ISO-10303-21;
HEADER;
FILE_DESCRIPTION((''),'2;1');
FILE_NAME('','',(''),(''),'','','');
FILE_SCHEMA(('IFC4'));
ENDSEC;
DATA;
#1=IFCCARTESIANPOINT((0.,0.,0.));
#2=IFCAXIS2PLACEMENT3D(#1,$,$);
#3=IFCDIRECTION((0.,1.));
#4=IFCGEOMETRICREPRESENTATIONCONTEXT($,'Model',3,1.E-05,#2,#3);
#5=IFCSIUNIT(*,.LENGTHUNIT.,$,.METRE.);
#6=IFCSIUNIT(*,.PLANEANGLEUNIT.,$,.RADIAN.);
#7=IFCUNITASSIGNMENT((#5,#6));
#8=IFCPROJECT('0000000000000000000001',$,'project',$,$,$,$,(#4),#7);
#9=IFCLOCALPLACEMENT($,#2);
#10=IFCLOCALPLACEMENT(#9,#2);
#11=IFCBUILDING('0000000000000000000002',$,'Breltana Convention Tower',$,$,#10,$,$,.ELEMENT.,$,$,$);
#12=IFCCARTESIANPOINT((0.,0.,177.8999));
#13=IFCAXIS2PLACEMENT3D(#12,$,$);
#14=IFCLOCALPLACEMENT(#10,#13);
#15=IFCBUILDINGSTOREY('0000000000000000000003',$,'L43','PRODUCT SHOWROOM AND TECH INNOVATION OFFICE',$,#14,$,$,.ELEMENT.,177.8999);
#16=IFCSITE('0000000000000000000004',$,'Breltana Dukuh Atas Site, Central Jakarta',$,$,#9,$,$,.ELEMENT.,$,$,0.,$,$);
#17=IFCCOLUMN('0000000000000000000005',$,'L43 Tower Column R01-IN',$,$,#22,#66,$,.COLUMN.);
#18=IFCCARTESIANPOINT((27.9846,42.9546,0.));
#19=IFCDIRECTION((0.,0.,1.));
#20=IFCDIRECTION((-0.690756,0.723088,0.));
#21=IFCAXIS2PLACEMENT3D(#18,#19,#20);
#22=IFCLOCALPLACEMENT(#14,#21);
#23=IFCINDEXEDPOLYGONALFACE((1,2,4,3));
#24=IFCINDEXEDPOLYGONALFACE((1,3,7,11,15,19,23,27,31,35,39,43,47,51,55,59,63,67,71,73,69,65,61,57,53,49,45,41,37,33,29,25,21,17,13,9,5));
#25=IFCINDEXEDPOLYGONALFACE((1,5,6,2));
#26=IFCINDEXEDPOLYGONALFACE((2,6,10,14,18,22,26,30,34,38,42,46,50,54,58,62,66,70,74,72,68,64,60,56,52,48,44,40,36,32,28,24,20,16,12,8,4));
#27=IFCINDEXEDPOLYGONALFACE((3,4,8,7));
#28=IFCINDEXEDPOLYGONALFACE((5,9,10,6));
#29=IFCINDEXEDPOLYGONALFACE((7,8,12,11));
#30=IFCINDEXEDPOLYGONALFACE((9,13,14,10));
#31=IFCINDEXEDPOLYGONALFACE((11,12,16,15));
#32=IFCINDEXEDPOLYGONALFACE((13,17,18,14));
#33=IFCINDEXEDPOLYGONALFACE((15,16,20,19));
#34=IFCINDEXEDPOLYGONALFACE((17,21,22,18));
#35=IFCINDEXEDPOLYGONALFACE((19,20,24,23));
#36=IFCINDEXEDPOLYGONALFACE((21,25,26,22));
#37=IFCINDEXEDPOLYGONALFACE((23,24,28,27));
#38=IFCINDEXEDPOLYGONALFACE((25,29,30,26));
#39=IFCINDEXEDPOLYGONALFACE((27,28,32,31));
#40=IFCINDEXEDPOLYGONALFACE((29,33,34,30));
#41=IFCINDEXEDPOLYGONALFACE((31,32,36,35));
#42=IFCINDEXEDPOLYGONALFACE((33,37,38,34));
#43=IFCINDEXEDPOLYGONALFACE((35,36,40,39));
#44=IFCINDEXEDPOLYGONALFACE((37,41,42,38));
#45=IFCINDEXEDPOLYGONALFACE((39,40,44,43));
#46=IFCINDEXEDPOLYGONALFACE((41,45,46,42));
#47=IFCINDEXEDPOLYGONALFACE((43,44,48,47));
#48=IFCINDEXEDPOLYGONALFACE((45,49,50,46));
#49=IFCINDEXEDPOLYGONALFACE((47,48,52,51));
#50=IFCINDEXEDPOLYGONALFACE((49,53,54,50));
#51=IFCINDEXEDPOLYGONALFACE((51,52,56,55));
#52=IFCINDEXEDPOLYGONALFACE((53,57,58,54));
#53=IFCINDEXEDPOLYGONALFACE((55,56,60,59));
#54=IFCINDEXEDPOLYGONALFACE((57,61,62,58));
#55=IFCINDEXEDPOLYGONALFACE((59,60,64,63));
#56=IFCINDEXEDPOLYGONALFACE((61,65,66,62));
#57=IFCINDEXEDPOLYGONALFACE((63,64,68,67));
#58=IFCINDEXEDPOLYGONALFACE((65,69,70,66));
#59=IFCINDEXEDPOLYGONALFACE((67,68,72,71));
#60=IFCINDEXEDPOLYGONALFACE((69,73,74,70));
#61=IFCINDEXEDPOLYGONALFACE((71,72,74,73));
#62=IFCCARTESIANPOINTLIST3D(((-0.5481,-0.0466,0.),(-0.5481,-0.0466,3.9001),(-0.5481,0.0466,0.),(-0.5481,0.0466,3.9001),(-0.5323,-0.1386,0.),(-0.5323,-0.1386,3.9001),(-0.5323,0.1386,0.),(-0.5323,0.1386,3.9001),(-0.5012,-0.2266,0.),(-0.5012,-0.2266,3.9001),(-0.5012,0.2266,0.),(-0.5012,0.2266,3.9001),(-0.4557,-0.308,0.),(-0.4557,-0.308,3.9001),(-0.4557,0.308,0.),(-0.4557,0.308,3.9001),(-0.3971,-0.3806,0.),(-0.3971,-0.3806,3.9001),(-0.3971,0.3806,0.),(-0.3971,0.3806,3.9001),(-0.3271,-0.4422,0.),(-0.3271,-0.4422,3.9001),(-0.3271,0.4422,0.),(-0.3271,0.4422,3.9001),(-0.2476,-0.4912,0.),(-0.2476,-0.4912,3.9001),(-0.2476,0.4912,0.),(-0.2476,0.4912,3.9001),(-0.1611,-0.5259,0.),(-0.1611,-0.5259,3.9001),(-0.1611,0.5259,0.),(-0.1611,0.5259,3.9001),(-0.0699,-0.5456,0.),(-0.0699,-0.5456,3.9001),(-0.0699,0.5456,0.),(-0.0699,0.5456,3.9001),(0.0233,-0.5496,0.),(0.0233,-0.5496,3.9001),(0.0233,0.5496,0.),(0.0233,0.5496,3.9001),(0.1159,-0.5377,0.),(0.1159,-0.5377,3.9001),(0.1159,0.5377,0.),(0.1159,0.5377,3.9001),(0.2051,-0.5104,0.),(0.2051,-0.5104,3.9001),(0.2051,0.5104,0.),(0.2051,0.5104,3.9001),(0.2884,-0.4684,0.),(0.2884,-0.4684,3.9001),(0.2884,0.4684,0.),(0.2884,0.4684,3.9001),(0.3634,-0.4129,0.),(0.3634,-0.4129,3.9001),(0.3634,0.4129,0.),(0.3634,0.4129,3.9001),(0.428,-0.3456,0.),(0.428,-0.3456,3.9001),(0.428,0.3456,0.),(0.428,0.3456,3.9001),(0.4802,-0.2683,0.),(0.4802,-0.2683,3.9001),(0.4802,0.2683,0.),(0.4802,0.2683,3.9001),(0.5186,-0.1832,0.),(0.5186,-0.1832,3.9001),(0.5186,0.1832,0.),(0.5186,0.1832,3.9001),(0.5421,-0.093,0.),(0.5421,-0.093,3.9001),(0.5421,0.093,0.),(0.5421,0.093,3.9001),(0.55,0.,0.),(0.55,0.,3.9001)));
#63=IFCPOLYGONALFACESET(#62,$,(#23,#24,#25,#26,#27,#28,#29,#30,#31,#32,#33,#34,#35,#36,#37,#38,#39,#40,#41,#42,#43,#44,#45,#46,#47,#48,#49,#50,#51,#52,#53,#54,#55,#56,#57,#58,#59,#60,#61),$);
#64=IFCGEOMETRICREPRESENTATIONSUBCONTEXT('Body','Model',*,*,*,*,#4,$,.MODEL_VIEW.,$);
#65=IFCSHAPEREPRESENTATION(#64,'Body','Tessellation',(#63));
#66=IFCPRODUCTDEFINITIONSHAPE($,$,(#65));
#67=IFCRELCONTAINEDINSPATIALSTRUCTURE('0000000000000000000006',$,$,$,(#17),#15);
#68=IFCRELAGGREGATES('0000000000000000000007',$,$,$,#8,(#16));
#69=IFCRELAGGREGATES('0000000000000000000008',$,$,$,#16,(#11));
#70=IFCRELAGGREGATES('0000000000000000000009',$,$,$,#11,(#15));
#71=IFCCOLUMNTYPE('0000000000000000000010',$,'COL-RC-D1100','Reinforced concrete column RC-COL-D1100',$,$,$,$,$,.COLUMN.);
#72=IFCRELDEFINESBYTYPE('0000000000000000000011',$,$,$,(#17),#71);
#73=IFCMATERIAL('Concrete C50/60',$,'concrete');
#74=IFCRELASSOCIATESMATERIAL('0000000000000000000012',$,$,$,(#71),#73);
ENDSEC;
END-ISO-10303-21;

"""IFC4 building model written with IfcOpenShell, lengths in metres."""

from ifc_helpers import new_model, si_unit, direction, frame, origin, origin_2d, place, context, subcontext, project, spatial, circle, extrude, source, transform, mapped, material, material_profile, profile_set, type_object, element, save


model = new_model("IFC4")

# Units and contexts
model_context = context("Model", 3, precision=1e-05, world=origin(), true_north=direction((0.0, 1.0)))
body_context = subcontext(model_context, "Body", "Model", "MODEL_VIEW")
ifc_project = project(units=[si_unit("LENGTHUNIT", "METRE"), si_unit("PLANEANGLEUNIT", "RADIAN")], contexts=[model_context])

# Site, building, storey
site_placement = place(None, origin())
site = spatial("IfcSite", under=ifc_project, at=site_placement, Name="Breltana Dukuh Atas Site, Central Jakarta", CompositionType="ELEMENT", RefElevation=0.0)
building_placement = place(site_placement, origin())
building = spatial("IfcBuilding", under=site, at=building_placement, Name="Breltana Convention Tower", CompositionType="ELEMENT")
storey_placement = place(building_placement, frame((0.0, 0.0, 177.8999)))
storey = spatial("IfcBuildingStorey", under=building, at=storey_placement, Name="L43", Description="PRODUCT SHOWROOM AND TECH INNOVATION OFFICE", CompositionType="ELEMENT", Elevation=177.8999)

# Column
ifc_material_1 = material(Name="Concrete C50/60", Category="concrete")
ifc_material_profile_1 = material_profile(ifc_material_1, circle(Radius=0.55, at=origin_2d()), Name="RC-COL-D1100")
ifc_profile_set_1 = profile_set([ifc_material_profile_1], Name="Concrete C50/60")
column_type = type_object("IfcColumnType", Name="COL-RC-D1100", Description="Reinforced concrete column RC-COL-D1100", PredefinedType="COLUMN", material=ifc_profile_set_1)
shared_shape_1 = source(origin(), body_context, "Body", "SweptSolid", [
    extrude(circle(Radius=0.55, at=origin_2d()), origin(), (0.0, 0.0, 1.0), 3.9001),
])
column_placement = place(storey_placement, frame((27.9846, 42.9546, 0.0), z_axis=(0.0, 0.0, 1.0), x_axis=(-0.690756, 0.723088, 0.0)))
element("IfcColumn", 1, at=column_placement, inside=storey, type_object=column_type, Name="L43 Tower Column R01-IN", PredefinedType="COLUMN", context=body_context, shape_type="MappedRepresentation", body=[
    mapped(shared_shape_1, transform((0.0, 0.0, 0.0), scale=1.0)),
])

save(model, "model.ifc")
